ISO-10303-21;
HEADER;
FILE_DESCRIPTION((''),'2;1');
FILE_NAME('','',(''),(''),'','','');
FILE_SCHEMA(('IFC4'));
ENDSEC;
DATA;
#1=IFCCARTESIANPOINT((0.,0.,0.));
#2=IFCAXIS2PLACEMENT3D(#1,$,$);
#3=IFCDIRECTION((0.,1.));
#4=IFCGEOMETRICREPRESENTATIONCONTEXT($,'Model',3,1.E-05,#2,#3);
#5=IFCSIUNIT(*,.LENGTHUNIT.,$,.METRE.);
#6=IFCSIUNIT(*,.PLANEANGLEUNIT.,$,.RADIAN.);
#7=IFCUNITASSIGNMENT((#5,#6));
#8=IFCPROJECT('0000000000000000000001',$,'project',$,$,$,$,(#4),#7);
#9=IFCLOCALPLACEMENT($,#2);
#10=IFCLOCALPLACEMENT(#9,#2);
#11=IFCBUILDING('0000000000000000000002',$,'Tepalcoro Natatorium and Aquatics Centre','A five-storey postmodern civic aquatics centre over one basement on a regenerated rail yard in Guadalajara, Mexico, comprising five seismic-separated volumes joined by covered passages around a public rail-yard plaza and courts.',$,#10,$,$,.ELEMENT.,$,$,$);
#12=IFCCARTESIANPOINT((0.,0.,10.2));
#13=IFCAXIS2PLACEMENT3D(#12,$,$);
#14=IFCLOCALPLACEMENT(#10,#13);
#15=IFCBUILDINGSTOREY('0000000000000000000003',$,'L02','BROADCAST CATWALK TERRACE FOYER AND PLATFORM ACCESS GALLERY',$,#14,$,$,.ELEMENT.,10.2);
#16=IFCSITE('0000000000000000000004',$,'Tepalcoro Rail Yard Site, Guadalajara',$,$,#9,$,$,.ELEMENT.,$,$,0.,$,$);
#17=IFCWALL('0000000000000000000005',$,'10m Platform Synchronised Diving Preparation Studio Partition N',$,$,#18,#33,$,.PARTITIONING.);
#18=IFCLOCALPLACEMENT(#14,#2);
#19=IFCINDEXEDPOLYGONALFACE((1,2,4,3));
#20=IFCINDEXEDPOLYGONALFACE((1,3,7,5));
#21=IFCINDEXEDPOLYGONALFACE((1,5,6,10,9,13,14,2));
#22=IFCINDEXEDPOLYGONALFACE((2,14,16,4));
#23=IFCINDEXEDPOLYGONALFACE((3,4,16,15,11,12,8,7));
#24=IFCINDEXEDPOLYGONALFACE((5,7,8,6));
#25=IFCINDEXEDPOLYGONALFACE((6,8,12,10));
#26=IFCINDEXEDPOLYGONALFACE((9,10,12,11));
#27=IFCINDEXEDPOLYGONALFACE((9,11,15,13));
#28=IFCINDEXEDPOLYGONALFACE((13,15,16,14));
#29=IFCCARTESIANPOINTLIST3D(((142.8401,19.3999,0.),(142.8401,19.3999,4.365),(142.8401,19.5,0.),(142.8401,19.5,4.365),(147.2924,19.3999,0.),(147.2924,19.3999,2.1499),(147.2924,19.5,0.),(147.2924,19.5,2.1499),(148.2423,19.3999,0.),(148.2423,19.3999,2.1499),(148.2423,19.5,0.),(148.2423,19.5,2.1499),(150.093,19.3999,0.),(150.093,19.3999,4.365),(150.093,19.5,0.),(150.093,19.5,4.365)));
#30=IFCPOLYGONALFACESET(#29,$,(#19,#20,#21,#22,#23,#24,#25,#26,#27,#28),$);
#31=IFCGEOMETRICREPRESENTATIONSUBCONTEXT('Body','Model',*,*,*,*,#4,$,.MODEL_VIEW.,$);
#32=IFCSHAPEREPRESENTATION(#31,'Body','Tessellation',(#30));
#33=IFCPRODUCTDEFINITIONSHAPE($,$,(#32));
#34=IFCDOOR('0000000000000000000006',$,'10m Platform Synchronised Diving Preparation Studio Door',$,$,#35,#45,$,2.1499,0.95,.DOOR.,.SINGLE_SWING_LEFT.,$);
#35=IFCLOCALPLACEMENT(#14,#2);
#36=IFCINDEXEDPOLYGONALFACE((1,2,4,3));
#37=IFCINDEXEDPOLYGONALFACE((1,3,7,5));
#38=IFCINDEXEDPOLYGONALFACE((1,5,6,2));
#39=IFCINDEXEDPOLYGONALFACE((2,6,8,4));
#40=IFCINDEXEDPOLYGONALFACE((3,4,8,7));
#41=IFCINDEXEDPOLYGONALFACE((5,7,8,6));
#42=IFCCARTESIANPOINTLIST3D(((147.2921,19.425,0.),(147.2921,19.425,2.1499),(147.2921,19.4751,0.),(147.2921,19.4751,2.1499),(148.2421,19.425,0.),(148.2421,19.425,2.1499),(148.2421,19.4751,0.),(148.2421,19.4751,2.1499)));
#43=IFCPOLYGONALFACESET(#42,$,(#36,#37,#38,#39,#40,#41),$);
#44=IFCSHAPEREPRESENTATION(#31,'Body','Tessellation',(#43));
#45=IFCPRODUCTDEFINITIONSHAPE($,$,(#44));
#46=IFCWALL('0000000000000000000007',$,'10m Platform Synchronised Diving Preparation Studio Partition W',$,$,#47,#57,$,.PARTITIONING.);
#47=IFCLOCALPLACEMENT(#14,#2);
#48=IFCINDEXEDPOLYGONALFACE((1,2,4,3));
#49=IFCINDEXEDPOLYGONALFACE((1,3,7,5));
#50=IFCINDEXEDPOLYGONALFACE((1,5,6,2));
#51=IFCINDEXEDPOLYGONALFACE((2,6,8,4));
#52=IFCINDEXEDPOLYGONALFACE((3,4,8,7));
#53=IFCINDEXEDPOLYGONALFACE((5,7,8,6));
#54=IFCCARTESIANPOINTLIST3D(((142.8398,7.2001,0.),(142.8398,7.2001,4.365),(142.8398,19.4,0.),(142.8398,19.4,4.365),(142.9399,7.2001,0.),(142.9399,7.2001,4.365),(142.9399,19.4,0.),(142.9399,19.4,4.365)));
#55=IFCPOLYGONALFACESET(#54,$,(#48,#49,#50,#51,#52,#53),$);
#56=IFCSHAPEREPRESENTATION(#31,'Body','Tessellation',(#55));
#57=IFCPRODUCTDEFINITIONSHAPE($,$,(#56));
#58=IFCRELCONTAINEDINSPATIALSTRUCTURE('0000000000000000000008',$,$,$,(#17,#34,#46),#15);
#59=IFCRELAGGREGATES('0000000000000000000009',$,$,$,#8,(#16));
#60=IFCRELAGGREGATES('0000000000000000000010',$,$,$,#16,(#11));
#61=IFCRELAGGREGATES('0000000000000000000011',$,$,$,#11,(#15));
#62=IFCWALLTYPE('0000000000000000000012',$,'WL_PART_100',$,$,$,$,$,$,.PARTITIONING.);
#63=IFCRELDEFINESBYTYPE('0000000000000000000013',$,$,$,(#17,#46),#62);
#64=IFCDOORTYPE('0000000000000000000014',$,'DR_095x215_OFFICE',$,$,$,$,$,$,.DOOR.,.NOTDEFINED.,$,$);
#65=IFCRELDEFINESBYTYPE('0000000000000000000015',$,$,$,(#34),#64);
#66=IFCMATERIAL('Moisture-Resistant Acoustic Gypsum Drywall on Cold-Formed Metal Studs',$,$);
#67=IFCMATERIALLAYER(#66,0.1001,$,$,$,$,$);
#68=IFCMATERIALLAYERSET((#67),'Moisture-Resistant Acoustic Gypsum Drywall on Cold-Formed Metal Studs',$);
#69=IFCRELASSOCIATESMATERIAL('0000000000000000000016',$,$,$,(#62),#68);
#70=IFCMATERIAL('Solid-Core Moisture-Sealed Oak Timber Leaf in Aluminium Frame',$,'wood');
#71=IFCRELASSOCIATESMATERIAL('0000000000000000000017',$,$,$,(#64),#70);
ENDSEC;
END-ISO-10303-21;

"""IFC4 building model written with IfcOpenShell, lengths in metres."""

from ifc_helpers import new_model, si_unit, direction, frame, frame_2d, origin, place, context, subcontext, project, spatial, rectangle, extrude, material, layer, layer_set, type_object, element, fill, save


model = new_model("IFC4")

# Units and contexts
model_context = context("Model", 3, precision=1e-05, world=origin(), true_north=direction((0.0, 1.0)))
body_context = subcontext(model_context, "Body", "Model", "MODEL_VIEW")
ifc_project = project(units=[si_unit("LENGTHUNIT", "METRE"), si_unit("PLANEANGLEUNIT", "RADIAN")], contexts=[model_context])

# Site, building, storey
site_placement = place(None, origin())
site = spatial("IfcSite", under=ifc_project, at=site_placement, Name="Tepalcoro Rail Yard Site, Guadalajara", CompositionType="ELEMENT", RefElevation=0.0)
building_placement = place(site_placement, origin())
building = spatial("IfcBuilding", under=site, at=building_placement, Name="Tepalcoro Natatorium and Aquatics Centre", Description="A five-storey postmodern civic aquatics centre over one basement on a regenerated rail yard in Guadalajara, Mexico, comprising five seismic-separated volumes joined by covered passages around a public rail-yard plaza and courts.", CompositionType="ELEMENT")
storey_placement = place(building_placement, frame((0.0, 0.0, 10.2)))
storey = spatial("IfcBuildingStorey", under=building, at=storey_placement, Name="L02", Description="BROADCAST CATWALK TERRACE FOYER AND PLATFORM ACCESS GALLERY", CompositionType="ELEMENT", Elevation=10.2)

# Shared definitions
ifc_material_1 = material(Name="Moisture-Resistant Acoustic Gypsum Drywall on Cold-Formed Metal Studs")
ifc_layer_1 = layer(ifc_material_1, 0.1001)
ifc_layer_set_1 = layer_set([ifc_layer_1], Name="Moisture-Resistant Acoustic Gypsum Drywall on Cold-Formed Metal Studs")
wall_type_1 = type_object("IfcWallType", Name="WL_PART_100", PredefinedType="PARTITIONING", material=ifc_layer_set_1)

# Wall, opening, door
wall_1_placement = place(storey_placement, frame((142.8401, 19.45, 0.0), z_axis=(0.0, 0.0, 1.0), x_axis=(1.0, 0.0, 0.0)))
wall_1 = element("IfcWall", 1, at=wall_1_placement, inside=storey, type_object=wall_type_1, Name="10m Platform Synchronised Diving Preparation Studio Partition N", PredefinedType="PARTITIONING", context=body_context, shape_type="SweptSolid", body=[
    extrude(rectangle(XDim=7.2529, YDim=0.1001, at=frame_2d((3.6265, 0.0))), origin(), (0.0, 0.0, 1.0), 4.365),
])
opening_1_placement = place(wall_1_placement, frame((4.4521, 0.0, 0.0)))
opening_1 = element("IfcOpeningElement", 2, at=opening_1_placement, cuts=wall_1, PredefinedType="OPENING", context=body_context, shape_type="SweptSolid", body=[
    extrude(rectangle(XDim=0.95, YDim=2.1499, at=frame_2d((0.4751, 1.075))), frame((0.0, 0.062, 0.0), z_axis=(0.0, -1.0, 0.0), x_axis=(1.0, 0.0, 0.0)), (0.0, 0.0, 1.0), 0.124),
])
ifc_material_2 = material(Name="Solid-Core Moisture-Sealed Oak Timber Leaf in Aluminium Frame", Category="wood")
door_type = type_object("IfcDoorType", Name="DR_095x215_OFFICE", OperationType="NOTDEFINED", PredefinedType="DOOR", material=ifc_material_2)
door_placement = place(opening_1_placement, frame((0.95, 0.0, 0.0), z_axis=(0.0, 0.0, 1.0), x_axis=(-1.0, 0.0, 0.0)))
door = element("IfcDoor", 3, at=door_placement, inside=storey, type_object=door_type, Name="10m Platform Synchronised Diving Preparation Studio Door", OperationType="SINGLE_SWING_LEFT", OverallHeight=2.1499, OverallWidth=0.95, PredefinedType="DOOR", context=body_context, shape_type="SweptSolid", body=[
    extrude(rectangle(XDim=0.95, YDim=2.1499, at=frame_2d((0.4751, 1.075))), frame((0.0, 0.0249, 0.0), z_axis=(0.0, -1.0, 0.0), x_axis=(1.0, 0.0, 0.0)), (0.0, 0.0, 1.0), 0.05),
])
fill(opening_1, door)

# Wall
wall_2_placement = place(storey_placement, frame((142.8899, 7.2, 0.0), z_axis=(0.0, 0.0, 1.0), x_axis=(0.0, 1.0, 0.0)))
element("IfcWall", 4, at=wall_2_placement, inside=storey, type_object=wall_type_1, Name="10m Platform Synchronised Diving Preparation Studio Partition W", PredefinedType="PARTITIONING", context=body_context, shape_type="SweptSolid", body=[
    extrude(rectangle(XDim=12.2, YDim=0.1001, at=frame_2d((6.1001, 0.0))), origin(), (0.0, 0.0, 1.0), 4.365),
])

save(model, "model.ifc")
